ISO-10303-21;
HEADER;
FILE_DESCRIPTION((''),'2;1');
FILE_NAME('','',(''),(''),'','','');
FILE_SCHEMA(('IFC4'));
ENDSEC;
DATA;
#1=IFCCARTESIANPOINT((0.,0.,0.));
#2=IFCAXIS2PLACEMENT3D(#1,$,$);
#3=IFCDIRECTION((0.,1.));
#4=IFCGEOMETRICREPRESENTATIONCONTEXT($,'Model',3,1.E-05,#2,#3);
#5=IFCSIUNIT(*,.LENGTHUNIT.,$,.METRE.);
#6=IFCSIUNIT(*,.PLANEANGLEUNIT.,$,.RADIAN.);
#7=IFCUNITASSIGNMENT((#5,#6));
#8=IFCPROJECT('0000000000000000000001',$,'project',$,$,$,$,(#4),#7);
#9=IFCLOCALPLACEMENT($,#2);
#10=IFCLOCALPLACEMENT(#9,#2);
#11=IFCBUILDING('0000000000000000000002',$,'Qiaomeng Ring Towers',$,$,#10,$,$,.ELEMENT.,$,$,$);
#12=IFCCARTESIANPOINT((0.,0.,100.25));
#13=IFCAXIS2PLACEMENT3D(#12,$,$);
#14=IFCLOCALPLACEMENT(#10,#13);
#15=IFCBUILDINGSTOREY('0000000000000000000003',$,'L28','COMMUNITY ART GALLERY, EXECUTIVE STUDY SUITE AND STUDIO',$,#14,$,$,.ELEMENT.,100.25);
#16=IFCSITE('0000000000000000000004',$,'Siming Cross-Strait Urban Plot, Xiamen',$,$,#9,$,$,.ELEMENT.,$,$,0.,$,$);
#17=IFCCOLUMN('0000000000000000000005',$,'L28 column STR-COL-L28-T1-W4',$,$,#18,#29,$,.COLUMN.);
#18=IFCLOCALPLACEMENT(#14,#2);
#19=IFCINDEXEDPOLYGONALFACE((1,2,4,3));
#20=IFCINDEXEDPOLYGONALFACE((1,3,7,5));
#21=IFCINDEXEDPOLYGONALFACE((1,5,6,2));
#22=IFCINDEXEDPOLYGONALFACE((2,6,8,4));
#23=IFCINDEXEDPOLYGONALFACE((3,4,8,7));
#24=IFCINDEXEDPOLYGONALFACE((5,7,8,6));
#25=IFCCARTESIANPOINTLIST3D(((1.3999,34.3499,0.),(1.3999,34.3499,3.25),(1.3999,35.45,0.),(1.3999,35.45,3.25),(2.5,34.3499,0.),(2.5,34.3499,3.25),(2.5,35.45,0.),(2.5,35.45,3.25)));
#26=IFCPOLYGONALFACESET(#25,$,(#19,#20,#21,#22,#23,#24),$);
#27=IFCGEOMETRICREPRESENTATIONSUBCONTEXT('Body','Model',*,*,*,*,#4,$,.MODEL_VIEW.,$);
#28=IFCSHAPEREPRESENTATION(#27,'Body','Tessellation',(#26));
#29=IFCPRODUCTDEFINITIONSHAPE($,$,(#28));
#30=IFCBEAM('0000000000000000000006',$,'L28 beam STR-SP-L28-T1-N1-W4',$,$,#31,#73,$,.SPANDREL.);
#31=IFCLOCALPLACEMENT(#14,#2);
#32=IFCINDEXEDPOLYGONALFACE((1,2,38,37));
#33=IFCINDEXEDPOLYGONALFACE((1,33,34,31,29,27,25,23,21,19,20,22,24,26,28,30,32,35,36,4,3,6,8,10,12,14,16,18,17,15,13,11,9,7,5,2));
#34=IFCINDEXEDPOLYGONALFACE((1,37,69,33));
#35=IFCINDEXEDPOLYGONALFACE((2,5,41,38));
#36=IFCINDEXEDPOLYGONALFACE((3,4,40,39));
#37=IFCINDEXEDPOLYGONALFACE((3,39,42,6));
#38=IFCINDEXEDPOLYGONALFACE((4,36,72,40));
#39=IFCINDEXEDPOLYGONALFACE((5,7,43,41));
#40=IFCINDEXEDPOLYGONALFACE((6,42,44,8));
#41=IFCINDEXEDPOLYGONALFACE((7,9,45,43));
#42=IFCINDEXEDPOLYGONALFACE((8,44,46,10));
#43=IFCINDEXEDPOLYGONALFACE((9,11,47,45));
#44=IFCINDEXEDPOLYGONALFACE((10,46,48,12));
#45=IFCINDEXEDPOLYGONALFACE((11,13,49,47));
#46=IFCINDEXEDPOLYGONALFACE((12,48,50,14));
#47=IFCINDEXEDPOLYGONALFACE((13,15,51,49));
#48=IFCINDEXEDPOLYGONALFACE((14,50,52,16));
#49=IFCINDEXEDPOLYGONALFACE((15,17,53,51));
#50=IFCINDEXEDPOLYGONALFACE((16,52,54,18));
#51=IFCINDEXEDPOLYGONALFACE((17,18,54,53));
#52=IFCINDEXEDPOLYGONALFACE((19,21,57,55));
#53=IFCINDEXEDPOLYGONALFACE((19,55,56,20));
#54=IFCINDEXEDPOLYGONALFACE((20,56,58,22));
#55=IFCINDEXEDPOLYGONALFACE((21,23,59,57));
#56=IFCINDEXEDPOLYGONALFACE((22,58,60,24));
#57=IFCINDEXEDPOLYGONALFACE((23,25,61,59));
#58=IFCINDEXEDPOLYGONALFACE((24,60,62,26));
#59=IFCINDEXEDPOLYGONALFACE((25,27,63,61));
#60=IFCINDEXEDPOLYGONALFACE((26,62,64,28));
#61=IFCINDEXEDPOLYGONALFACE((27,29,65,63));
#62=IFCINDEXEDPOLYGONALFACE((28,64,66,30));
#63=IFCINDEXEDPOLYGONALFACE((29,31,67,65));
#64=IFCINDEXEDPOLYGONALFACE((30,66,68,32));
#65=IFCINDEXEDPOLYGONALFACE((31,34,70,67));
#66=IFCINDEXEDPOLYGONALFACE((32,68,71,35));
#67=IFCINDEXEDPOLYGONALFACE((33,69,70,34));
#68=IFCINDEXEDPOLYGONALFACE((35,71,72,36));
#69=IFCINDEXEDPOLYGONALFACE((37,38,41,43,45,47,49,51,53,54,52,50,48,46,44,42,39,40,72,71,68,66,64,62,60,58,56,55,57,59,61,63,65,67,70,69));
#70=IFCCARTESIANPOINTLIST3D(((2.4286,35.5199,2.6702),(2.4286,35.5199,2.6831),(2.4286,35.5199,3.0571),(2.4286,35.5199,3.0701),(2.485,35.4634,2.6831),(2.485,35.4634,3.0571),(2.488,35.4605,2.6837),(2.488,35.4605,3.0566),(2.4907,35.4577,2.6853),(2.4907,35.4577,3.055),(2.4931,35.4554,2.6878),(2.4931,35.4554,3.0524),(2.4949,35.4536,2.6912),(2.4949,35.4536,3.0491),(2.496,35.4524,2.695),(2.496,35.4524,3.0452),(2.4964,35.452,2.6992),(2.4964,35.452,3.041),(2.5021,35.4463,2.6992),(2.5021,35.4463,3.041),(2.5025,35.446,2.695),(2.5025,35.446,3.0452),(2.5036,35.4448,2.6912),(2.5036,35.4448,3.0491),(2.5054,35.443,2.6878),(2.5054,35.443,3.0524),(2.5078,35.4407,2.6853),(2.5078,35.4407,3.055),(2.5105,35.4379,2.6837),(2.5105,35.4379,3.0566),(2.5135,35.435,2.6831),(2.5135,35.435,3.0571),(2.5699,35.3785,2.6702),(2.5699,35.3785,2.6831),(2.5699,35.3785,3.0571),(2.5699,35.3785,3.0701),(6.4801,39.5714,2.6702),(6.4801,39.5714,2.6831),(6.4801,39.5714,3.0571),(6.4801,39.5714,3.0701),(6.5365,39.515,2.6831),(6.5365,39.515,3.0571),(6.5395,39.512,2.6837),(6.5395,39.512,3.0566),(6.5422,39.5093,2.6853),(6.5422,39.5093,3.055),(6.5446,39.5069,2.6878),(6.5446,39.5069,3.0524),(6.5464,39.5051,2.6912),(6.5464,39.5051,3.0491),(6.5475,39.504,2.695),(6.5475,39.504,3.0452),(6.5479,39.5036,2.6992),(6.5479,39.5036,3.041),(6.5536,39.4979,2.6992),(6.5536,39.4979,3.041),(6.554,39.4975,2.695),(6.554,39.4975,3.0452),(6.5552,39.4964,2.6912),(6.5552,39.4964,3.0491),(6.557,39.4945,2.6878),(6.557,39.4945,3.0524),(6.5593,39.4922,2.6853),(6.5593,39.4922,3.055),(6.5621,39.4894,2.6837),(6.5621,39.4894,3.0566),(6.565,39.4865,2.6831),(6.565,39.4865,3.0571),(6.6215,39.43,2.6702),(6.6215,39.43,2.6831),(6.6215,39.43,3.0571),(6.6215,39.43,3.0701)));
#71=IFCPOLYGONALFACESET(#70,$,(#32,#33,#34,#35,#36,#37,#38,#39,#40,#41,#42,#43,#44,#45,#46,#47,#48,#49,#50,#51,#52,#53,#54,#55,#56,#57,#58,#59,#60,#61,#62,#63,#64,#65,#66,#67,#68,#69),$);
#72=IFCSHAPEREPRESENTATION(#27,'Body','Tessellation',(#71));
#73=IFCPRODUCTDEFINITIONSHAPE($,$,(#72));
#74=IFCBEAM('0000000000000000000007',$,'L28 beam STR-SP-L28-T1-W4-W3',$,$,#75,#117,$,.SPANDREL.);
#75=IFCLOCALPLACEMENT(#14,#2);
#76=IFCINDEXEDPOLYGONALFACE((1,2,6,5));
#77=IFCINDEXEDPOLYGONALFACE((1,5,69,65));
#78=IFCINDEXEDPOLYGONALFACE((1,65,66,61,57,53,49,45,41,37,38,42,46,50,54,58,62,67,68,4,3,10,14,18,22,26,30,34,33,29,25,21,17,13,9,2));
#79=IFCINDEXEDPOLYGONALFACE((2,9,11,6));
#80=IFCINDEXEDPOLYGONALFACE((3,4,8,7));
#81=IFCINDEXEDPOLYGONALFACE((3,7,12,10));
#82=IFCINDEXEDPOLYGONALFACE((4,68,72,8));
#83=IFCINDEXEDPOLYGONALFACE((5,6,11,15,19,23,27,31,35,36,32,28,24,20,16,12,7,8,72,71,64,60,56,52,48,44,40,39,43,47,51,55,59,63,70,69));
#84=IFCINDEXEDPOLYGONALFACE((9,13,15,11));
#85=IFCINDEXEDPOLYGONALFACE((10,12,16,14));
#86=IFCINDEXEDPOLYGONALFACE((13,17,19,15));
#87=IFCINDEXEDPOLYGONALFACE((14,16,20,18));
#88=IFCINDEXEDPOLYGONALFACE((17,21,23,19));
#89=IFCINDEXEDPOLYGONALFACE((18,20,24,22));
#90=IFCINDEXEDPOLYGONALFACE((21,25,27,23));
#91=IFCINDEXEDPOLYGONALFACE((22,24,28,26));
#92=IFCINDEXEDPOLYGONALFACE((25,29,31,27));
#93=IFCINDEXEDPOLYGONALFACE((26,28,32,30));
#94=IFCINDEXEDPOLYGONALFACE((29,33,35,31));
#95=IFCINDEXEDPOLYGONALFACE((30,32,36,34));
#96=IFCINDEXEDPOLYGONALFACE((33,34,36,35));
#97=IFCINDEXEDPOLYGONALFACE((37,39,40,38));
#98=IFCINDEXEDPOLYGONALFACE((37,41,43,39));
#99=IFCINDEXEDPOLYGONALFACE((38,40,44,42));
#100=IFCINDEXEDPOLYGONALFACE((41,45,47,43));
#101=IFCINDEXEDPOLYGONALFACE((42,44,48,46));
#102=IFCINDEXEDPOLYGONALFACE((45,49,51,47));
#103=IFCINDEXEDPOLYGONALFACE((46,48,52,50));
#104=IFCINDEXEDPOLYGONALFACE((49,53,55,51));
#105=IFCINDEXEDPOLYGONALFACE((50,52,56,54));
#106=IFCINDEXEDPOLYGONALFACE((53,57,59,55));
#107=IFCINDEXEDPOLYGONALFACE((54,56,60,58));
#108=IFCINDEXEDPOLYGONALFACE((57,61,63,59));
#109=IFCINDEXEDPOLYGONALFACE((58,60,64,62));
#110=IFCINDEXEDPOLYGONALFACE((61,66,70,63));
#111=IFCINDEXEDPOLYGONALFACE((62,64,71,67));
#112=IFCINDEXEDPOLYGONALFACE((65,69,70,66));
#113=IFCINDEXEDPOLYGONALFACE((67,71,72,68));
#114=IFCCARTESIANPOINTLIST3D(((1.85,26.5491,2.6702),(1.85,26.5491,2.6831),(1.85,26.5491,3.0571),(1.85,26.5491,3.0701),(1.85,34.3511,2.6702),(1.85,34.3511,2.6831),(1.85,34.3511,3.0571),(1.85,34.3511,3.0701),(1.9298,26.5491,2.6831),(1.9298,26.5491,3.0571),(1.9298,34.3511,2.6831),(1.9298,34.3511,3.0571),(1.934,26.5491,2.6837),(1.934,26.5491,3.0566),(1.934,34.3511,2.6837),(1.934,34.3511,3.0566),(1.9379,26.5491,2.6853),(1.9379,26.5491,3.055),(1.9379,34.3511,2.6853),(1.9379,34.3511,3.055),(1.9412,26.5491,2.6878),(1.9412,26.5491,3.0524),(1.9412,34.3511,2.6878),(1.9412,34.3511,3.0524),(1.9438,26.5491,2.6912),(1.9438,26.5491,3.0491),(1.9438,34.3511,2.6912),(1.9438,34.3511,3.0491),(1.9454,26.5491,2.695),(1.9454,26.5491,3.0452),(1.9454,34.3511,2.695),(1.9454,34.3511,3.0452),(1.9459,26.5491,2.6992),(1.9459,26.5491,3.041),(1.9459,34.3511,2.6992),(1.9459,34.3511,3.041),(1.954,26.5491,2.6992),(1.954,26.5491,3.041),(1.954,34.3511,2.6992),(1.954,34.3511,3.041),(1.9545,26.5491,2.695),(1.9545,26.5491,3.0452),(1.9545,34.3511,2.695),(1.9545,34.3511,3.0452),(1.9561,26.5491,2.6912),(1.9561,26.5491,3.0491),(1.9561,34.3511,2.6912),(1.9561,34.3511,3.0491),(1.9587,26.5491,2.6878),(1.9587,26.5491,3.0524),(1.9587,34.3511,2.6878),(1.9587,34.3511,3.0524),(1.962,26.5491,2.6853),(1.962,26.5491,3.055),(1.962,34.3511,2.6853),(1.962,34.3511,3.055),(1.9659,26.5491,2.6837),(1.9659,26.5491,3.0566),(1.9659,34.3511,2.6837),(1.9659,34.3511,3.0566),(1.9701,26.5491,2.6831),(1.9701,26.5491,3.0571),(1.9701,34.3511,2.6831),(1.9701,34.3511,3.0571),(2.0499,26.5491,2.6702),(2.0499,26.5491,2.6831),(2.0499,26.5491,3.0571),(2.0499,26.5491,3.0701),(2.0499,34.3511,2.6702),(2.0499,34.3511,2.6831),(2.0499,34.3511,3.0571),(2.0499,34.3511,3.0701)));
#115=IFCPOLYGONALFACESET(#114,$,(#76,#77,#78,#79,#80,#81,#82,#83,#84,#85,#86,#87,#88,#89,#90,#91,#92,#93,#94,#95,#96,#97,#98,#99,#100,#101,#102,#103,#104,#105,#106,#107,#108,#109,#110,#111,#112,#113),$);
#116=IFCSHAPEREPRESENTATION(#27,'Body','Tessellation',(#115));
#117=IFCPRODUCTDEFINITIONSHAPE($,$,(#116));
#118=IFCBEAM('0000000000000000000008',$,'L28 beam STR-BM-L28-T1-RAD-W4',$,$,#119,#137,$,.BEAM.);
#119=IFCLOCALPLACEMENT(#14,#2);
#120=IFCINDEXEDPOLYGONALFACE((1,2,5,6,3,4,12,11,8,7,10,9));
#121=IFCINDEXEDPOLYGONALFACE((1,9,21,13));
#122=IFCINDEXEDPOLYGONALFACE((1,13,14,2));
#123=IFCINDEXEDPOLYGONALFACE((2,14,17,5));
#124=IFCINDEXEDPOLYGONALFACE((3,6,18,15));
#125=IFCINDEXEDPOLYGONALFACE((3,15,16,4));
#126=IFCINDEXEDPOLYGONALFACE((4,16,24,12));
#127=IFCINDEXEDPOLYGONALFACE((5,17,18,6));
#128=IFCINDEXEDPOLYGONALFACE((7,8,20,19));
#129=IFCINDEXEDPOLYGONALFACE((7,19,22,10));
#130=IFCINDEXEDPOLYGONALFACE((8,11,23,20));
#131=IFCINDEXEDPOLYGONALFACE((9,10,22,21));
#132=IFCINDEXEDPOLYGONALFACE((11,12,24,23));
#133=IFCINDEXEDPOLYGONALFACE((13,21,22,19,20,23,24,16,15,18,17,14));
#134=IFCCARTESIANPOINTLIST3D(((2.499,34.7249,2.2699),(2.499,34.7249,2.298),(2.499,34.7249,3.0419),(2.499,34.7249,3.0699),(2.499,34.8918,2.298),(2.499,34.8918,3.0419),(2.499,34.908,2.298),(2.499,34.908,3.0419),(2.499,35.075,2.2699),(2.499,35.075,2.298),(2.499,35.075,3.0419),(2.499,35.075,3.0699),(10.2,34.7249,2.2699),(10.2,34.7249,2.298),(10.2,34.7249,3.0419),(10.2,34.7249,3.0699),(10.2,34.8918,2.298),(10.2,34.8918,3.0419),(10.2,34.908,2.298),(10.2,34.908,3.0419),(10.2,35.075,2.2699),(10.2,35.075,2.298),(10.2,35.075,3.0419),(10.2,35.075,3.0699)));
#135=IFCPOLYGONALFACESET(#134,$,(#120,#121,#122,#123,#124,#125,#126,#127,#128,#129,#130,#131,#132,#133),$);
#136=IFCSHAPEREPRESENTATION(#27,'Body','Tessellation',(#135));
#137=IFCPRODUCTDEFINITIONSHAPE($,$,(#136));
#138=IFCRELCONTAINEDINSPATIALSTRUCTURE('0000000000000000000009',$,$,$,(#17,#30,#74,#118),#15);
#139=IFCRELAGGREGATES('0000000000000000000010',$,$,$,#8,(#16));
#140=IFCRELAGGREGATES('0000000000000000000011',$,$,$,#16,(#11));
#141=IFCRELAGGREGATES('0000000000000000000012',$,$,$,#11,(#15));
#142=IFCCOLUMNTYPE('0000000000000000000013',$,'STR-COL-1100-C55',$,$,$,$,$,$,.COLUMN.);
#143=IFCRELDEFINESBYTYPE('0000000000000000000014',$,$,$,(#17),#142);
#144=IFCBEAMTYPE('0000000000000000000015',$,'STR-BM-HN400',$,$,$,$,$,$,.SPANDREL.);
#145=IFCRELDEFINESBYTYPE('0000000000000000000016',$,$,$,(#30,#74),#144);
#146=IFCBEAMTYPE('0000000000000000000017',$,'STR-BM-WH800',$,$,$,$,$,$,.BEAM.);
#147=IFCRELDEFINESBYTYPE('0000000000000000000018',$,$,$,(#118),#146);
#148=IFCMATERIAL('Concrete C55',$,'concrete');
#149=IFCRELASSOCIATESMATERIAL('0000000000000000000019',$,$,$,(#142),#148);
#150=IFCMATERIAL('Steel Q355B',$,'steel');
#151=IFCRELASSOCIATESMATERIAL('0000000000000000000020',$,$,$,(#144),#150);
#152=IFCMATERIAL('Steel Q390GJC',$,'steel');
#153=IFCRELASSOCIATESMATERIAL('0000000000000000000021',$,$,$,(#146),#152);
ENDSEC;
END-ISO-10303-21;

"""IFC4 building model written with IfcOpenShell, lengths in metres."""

from ifc_helpers import new_model, si_unit, direction, frame, origin, origin_2d, place, context, subcontext, project, spatial, rectangle, i_section, extrude, source, transform, mapped, material, material_profile, profile_set, type_object, element, save


model = new_model("IFC4")

# Units and contexts
model_context = context("Model", 3, precision=1e-05, world=origin(), true_north=direction((0.0, 1.0)))
body_context = subcontext(model_context, "Body", "Model", "MODEL_VIEW")
ifc_project = project(units=[si_unit("LENGTHUNIT", "METRE"), si_unit("PLANEANGLEUNIT", "RADIAN")], contexts=[model_context])

# Site, building, storey
site_placement = place(None, origin())
site = spatial("IfcSite", under=ifc_project, at=site_placement, Name="Siming Cross-Strait Urban Plot, Xiamen", CompositionType="ELEMENT", RefElevation=0.0)
building_placement = place(site_placement, origin())
building = spatial("IfcBuilding", under=site, at=building_placement, Name="Qiaomeng Ring Towers", CompositionType="ELEMENT")
storey_placement = place(building_placement, frame((0.0, 0.0, 100.25)))
storey = spatial("IfcBuildingStorey", under=building, at=storey_placement, Name="L28", Description="COMMUNITY ART GALLERY, EXECUTIVE STUDY SUITE AND STUDIO", CompositionType="ELEMENT", Elevation=100.25)

# Column
ifc_material_1 = material(Name="Concrete C55", Category="concrete")
ifc_material_profile_1 = material_profile(ifc_material_1, rectangle(XDim=1.1001, YDim=1.1001, at=origin_2d()), Name="RC COL 1100x1100")
ifc_profile_set_1 = profile_set([ifc_material_profile_1], Name="Concrete C55")
column_type = type_object("IfcColumnType", Name="STR-COL-1100-C55", PredefinedType="COLUMN", material=ifc_profile_set_1)
shared_shape_1 = source(origin(), body_context, "Body", "SweptSolid", [
    extrude(rectangle(XDim=1.1001, YDim=1.1001, at=origin_2d()), origin(), (0.0, 0.0, 1.0), 3.25),
])
column_placement = place(storey_placement, frame((1.95, 34.8999, 0.0), z_axis=(0.0, 0.0, 1.0), x_axis=(1.0, 0.0, 0.0)))
element("IfcColumn", 1, at=column_placement, inside=storey, type_object=column_type, Name="L28 column STR-COL-L28-T1-W4", PredefinedType="COLUMN", context=body_context, shape_type="MappedRepresentation", body=[
    mapped(shared_shape_1, transform((0.0, 0.0, 0.0), x_axis=(1.0, 0.0, 0.0), y_axis=(0.0, 1.0, 0.0), z_axis=(0.0, 0.0, 1.0), scale=1.0)),
])

# Beams
ifc_material_2 = material(Name="Steel Q355B", Category="steel")
ifc_material_profile_2 = material_profile(ifc_material_2, i_section(OverallWidth=0.2, OverallDepth=0.3999, WebThickness=0.0081, FlangeThickness=0.0129, FilletRadius=0.0161, at=origin_2d()), Name="HN 400x200x8x13")
ifc_profile_set_2 = profile_set([ifc_material_profile_2], Name="Steel Q355B")
beam_type_1 = type_object("IfcBeamType", Name="STR-BM-HN400", PredefinedType="SPANDREL", material=ifc_profile_set_2)
shared_shape_2 = source(origin(), body_context, "Body", "SweptSolid", [
    extrude(i_section(OverallWidth=0.2, OverallDepth=0.3999, WebThickness=0.0081, FlangeThickness=0.0129, FilletRadius=0.0161, at=origin_2d()), origin(), (0.0, 0.0, 1.0), 5.7297),
])
beam_1_placement = place(storey_placement, frame((6.5508, 39.5007, 2.8701), z_axis=(-0.707107, -0.707107, 0.0), x_axis=(0.707107, -0.707107, 0.0)))
element("IfcBeam", 2, at=beam_1_placement, inside=storey, type_object=beam_type_1, Name="L28 beam STR-SP-L28-T1-N1-W4", PredefinedType="SPANDREL", context=body_context, shape_type="MappedRepresentation", body=[
    mapped(shared_shape_2, transform((0.0, 0.0, 0.0), x_axis=(1.0, 0.0, 0.0), y_axis=(0.0, 1.0, 0.0), z_axis=(0.0, 0.0, 1.0), scale=1.0)),
])
shared_shape_3 = source(origin(), body_context, "Body", "SweptSolid", [
    extrude(i_section(OverallWidth=0.2, OverallDepth=0.3999, WebThickness=0.0081, FlangeThickness=0.0129, FilletRadius=0.0161, at=origin_2d()), origin(), (0.0, 0.0, 1.0), 7.802),
])
beam_2_placement = place(storey_placement, frame((1.95, 34.3511, 2.8701), z_axis=(0.0, -1.0, 0.0), x_axis=(1.0, 0.0, 0.0)))
element("IfcBeam", 3, at=beam_2_placement, inside=storey, type_object=beam_type_1, Name="L28 beam STR-SP-L28-T1-W4-W3", PredefinedType="SPANDREL", context=body_context, shape_type="MappedRepresentation", body=[
    mapped(shared_shape_3, transform((0.0, 0.0, 0.0), x_axis=(1.0, 0.0, 0.0), y_axis=(0.0, 1.0, 0.0), z_axis=(0.0, 0.0, 1.0), scale=1.0)),
])
ifc_material_3 = material(Name="Steel Q390GJC", Category="steel")
ifc_material_profile_3 = material_profile(ifc_material_3, i_section(OverallWidth=0.3501, OverallDepth=0.8, WebThickness=0.0161, FlangeThickness=0.0281, at=origin_2d()), Name="WH 800x350x16x28")
ifc_profile_set_3 = profile_set([ifc_material_profile_3], Name="Steel Q390GJC")
beam_type_2 = type_object("IfcBeamType", Name="STR-BM-WH800", PredefinedType="BEAM", material=ifc_profile_set_3)
shared_shape_4 = source(origin(), body_context, "Body", "SweptSolid", [
    extrude(i_section(OverallWidth=0.3501, OverallDepth=0.8, WebThickness=0.0161, FlangeThickness=0.0281, at=origin_2d()), origin(), (0.0, 0.0, 1.0), 7.7009),
])
beam_3_placement = place(storey_placement, frame((2.499, 34.8999, 2.6699), z_axis=(1.0, 0.0, 0.0), x_axis=(0.0, 1.0, 0.0)))
element("IfcBeam", 4, at=beam_3_placement, inside=storey, type_object=beam_type_2, Name="L28 beam STR-BM-L28-T1-RAD-W4", PredefinedType="BEAM", context=body_context, shape_type="MappedRepresentation", body=[
    mapped(shared_shape_4, transform((0.0, 0.0, 0.0), x_axis=(1.0, 0.0, 0.0), y_axis=(0.0, 1.0, 0.0), z_axis=(0.0, 0.0, 1.0), scale=1.0)),
])

save(model, "model.ifc")
